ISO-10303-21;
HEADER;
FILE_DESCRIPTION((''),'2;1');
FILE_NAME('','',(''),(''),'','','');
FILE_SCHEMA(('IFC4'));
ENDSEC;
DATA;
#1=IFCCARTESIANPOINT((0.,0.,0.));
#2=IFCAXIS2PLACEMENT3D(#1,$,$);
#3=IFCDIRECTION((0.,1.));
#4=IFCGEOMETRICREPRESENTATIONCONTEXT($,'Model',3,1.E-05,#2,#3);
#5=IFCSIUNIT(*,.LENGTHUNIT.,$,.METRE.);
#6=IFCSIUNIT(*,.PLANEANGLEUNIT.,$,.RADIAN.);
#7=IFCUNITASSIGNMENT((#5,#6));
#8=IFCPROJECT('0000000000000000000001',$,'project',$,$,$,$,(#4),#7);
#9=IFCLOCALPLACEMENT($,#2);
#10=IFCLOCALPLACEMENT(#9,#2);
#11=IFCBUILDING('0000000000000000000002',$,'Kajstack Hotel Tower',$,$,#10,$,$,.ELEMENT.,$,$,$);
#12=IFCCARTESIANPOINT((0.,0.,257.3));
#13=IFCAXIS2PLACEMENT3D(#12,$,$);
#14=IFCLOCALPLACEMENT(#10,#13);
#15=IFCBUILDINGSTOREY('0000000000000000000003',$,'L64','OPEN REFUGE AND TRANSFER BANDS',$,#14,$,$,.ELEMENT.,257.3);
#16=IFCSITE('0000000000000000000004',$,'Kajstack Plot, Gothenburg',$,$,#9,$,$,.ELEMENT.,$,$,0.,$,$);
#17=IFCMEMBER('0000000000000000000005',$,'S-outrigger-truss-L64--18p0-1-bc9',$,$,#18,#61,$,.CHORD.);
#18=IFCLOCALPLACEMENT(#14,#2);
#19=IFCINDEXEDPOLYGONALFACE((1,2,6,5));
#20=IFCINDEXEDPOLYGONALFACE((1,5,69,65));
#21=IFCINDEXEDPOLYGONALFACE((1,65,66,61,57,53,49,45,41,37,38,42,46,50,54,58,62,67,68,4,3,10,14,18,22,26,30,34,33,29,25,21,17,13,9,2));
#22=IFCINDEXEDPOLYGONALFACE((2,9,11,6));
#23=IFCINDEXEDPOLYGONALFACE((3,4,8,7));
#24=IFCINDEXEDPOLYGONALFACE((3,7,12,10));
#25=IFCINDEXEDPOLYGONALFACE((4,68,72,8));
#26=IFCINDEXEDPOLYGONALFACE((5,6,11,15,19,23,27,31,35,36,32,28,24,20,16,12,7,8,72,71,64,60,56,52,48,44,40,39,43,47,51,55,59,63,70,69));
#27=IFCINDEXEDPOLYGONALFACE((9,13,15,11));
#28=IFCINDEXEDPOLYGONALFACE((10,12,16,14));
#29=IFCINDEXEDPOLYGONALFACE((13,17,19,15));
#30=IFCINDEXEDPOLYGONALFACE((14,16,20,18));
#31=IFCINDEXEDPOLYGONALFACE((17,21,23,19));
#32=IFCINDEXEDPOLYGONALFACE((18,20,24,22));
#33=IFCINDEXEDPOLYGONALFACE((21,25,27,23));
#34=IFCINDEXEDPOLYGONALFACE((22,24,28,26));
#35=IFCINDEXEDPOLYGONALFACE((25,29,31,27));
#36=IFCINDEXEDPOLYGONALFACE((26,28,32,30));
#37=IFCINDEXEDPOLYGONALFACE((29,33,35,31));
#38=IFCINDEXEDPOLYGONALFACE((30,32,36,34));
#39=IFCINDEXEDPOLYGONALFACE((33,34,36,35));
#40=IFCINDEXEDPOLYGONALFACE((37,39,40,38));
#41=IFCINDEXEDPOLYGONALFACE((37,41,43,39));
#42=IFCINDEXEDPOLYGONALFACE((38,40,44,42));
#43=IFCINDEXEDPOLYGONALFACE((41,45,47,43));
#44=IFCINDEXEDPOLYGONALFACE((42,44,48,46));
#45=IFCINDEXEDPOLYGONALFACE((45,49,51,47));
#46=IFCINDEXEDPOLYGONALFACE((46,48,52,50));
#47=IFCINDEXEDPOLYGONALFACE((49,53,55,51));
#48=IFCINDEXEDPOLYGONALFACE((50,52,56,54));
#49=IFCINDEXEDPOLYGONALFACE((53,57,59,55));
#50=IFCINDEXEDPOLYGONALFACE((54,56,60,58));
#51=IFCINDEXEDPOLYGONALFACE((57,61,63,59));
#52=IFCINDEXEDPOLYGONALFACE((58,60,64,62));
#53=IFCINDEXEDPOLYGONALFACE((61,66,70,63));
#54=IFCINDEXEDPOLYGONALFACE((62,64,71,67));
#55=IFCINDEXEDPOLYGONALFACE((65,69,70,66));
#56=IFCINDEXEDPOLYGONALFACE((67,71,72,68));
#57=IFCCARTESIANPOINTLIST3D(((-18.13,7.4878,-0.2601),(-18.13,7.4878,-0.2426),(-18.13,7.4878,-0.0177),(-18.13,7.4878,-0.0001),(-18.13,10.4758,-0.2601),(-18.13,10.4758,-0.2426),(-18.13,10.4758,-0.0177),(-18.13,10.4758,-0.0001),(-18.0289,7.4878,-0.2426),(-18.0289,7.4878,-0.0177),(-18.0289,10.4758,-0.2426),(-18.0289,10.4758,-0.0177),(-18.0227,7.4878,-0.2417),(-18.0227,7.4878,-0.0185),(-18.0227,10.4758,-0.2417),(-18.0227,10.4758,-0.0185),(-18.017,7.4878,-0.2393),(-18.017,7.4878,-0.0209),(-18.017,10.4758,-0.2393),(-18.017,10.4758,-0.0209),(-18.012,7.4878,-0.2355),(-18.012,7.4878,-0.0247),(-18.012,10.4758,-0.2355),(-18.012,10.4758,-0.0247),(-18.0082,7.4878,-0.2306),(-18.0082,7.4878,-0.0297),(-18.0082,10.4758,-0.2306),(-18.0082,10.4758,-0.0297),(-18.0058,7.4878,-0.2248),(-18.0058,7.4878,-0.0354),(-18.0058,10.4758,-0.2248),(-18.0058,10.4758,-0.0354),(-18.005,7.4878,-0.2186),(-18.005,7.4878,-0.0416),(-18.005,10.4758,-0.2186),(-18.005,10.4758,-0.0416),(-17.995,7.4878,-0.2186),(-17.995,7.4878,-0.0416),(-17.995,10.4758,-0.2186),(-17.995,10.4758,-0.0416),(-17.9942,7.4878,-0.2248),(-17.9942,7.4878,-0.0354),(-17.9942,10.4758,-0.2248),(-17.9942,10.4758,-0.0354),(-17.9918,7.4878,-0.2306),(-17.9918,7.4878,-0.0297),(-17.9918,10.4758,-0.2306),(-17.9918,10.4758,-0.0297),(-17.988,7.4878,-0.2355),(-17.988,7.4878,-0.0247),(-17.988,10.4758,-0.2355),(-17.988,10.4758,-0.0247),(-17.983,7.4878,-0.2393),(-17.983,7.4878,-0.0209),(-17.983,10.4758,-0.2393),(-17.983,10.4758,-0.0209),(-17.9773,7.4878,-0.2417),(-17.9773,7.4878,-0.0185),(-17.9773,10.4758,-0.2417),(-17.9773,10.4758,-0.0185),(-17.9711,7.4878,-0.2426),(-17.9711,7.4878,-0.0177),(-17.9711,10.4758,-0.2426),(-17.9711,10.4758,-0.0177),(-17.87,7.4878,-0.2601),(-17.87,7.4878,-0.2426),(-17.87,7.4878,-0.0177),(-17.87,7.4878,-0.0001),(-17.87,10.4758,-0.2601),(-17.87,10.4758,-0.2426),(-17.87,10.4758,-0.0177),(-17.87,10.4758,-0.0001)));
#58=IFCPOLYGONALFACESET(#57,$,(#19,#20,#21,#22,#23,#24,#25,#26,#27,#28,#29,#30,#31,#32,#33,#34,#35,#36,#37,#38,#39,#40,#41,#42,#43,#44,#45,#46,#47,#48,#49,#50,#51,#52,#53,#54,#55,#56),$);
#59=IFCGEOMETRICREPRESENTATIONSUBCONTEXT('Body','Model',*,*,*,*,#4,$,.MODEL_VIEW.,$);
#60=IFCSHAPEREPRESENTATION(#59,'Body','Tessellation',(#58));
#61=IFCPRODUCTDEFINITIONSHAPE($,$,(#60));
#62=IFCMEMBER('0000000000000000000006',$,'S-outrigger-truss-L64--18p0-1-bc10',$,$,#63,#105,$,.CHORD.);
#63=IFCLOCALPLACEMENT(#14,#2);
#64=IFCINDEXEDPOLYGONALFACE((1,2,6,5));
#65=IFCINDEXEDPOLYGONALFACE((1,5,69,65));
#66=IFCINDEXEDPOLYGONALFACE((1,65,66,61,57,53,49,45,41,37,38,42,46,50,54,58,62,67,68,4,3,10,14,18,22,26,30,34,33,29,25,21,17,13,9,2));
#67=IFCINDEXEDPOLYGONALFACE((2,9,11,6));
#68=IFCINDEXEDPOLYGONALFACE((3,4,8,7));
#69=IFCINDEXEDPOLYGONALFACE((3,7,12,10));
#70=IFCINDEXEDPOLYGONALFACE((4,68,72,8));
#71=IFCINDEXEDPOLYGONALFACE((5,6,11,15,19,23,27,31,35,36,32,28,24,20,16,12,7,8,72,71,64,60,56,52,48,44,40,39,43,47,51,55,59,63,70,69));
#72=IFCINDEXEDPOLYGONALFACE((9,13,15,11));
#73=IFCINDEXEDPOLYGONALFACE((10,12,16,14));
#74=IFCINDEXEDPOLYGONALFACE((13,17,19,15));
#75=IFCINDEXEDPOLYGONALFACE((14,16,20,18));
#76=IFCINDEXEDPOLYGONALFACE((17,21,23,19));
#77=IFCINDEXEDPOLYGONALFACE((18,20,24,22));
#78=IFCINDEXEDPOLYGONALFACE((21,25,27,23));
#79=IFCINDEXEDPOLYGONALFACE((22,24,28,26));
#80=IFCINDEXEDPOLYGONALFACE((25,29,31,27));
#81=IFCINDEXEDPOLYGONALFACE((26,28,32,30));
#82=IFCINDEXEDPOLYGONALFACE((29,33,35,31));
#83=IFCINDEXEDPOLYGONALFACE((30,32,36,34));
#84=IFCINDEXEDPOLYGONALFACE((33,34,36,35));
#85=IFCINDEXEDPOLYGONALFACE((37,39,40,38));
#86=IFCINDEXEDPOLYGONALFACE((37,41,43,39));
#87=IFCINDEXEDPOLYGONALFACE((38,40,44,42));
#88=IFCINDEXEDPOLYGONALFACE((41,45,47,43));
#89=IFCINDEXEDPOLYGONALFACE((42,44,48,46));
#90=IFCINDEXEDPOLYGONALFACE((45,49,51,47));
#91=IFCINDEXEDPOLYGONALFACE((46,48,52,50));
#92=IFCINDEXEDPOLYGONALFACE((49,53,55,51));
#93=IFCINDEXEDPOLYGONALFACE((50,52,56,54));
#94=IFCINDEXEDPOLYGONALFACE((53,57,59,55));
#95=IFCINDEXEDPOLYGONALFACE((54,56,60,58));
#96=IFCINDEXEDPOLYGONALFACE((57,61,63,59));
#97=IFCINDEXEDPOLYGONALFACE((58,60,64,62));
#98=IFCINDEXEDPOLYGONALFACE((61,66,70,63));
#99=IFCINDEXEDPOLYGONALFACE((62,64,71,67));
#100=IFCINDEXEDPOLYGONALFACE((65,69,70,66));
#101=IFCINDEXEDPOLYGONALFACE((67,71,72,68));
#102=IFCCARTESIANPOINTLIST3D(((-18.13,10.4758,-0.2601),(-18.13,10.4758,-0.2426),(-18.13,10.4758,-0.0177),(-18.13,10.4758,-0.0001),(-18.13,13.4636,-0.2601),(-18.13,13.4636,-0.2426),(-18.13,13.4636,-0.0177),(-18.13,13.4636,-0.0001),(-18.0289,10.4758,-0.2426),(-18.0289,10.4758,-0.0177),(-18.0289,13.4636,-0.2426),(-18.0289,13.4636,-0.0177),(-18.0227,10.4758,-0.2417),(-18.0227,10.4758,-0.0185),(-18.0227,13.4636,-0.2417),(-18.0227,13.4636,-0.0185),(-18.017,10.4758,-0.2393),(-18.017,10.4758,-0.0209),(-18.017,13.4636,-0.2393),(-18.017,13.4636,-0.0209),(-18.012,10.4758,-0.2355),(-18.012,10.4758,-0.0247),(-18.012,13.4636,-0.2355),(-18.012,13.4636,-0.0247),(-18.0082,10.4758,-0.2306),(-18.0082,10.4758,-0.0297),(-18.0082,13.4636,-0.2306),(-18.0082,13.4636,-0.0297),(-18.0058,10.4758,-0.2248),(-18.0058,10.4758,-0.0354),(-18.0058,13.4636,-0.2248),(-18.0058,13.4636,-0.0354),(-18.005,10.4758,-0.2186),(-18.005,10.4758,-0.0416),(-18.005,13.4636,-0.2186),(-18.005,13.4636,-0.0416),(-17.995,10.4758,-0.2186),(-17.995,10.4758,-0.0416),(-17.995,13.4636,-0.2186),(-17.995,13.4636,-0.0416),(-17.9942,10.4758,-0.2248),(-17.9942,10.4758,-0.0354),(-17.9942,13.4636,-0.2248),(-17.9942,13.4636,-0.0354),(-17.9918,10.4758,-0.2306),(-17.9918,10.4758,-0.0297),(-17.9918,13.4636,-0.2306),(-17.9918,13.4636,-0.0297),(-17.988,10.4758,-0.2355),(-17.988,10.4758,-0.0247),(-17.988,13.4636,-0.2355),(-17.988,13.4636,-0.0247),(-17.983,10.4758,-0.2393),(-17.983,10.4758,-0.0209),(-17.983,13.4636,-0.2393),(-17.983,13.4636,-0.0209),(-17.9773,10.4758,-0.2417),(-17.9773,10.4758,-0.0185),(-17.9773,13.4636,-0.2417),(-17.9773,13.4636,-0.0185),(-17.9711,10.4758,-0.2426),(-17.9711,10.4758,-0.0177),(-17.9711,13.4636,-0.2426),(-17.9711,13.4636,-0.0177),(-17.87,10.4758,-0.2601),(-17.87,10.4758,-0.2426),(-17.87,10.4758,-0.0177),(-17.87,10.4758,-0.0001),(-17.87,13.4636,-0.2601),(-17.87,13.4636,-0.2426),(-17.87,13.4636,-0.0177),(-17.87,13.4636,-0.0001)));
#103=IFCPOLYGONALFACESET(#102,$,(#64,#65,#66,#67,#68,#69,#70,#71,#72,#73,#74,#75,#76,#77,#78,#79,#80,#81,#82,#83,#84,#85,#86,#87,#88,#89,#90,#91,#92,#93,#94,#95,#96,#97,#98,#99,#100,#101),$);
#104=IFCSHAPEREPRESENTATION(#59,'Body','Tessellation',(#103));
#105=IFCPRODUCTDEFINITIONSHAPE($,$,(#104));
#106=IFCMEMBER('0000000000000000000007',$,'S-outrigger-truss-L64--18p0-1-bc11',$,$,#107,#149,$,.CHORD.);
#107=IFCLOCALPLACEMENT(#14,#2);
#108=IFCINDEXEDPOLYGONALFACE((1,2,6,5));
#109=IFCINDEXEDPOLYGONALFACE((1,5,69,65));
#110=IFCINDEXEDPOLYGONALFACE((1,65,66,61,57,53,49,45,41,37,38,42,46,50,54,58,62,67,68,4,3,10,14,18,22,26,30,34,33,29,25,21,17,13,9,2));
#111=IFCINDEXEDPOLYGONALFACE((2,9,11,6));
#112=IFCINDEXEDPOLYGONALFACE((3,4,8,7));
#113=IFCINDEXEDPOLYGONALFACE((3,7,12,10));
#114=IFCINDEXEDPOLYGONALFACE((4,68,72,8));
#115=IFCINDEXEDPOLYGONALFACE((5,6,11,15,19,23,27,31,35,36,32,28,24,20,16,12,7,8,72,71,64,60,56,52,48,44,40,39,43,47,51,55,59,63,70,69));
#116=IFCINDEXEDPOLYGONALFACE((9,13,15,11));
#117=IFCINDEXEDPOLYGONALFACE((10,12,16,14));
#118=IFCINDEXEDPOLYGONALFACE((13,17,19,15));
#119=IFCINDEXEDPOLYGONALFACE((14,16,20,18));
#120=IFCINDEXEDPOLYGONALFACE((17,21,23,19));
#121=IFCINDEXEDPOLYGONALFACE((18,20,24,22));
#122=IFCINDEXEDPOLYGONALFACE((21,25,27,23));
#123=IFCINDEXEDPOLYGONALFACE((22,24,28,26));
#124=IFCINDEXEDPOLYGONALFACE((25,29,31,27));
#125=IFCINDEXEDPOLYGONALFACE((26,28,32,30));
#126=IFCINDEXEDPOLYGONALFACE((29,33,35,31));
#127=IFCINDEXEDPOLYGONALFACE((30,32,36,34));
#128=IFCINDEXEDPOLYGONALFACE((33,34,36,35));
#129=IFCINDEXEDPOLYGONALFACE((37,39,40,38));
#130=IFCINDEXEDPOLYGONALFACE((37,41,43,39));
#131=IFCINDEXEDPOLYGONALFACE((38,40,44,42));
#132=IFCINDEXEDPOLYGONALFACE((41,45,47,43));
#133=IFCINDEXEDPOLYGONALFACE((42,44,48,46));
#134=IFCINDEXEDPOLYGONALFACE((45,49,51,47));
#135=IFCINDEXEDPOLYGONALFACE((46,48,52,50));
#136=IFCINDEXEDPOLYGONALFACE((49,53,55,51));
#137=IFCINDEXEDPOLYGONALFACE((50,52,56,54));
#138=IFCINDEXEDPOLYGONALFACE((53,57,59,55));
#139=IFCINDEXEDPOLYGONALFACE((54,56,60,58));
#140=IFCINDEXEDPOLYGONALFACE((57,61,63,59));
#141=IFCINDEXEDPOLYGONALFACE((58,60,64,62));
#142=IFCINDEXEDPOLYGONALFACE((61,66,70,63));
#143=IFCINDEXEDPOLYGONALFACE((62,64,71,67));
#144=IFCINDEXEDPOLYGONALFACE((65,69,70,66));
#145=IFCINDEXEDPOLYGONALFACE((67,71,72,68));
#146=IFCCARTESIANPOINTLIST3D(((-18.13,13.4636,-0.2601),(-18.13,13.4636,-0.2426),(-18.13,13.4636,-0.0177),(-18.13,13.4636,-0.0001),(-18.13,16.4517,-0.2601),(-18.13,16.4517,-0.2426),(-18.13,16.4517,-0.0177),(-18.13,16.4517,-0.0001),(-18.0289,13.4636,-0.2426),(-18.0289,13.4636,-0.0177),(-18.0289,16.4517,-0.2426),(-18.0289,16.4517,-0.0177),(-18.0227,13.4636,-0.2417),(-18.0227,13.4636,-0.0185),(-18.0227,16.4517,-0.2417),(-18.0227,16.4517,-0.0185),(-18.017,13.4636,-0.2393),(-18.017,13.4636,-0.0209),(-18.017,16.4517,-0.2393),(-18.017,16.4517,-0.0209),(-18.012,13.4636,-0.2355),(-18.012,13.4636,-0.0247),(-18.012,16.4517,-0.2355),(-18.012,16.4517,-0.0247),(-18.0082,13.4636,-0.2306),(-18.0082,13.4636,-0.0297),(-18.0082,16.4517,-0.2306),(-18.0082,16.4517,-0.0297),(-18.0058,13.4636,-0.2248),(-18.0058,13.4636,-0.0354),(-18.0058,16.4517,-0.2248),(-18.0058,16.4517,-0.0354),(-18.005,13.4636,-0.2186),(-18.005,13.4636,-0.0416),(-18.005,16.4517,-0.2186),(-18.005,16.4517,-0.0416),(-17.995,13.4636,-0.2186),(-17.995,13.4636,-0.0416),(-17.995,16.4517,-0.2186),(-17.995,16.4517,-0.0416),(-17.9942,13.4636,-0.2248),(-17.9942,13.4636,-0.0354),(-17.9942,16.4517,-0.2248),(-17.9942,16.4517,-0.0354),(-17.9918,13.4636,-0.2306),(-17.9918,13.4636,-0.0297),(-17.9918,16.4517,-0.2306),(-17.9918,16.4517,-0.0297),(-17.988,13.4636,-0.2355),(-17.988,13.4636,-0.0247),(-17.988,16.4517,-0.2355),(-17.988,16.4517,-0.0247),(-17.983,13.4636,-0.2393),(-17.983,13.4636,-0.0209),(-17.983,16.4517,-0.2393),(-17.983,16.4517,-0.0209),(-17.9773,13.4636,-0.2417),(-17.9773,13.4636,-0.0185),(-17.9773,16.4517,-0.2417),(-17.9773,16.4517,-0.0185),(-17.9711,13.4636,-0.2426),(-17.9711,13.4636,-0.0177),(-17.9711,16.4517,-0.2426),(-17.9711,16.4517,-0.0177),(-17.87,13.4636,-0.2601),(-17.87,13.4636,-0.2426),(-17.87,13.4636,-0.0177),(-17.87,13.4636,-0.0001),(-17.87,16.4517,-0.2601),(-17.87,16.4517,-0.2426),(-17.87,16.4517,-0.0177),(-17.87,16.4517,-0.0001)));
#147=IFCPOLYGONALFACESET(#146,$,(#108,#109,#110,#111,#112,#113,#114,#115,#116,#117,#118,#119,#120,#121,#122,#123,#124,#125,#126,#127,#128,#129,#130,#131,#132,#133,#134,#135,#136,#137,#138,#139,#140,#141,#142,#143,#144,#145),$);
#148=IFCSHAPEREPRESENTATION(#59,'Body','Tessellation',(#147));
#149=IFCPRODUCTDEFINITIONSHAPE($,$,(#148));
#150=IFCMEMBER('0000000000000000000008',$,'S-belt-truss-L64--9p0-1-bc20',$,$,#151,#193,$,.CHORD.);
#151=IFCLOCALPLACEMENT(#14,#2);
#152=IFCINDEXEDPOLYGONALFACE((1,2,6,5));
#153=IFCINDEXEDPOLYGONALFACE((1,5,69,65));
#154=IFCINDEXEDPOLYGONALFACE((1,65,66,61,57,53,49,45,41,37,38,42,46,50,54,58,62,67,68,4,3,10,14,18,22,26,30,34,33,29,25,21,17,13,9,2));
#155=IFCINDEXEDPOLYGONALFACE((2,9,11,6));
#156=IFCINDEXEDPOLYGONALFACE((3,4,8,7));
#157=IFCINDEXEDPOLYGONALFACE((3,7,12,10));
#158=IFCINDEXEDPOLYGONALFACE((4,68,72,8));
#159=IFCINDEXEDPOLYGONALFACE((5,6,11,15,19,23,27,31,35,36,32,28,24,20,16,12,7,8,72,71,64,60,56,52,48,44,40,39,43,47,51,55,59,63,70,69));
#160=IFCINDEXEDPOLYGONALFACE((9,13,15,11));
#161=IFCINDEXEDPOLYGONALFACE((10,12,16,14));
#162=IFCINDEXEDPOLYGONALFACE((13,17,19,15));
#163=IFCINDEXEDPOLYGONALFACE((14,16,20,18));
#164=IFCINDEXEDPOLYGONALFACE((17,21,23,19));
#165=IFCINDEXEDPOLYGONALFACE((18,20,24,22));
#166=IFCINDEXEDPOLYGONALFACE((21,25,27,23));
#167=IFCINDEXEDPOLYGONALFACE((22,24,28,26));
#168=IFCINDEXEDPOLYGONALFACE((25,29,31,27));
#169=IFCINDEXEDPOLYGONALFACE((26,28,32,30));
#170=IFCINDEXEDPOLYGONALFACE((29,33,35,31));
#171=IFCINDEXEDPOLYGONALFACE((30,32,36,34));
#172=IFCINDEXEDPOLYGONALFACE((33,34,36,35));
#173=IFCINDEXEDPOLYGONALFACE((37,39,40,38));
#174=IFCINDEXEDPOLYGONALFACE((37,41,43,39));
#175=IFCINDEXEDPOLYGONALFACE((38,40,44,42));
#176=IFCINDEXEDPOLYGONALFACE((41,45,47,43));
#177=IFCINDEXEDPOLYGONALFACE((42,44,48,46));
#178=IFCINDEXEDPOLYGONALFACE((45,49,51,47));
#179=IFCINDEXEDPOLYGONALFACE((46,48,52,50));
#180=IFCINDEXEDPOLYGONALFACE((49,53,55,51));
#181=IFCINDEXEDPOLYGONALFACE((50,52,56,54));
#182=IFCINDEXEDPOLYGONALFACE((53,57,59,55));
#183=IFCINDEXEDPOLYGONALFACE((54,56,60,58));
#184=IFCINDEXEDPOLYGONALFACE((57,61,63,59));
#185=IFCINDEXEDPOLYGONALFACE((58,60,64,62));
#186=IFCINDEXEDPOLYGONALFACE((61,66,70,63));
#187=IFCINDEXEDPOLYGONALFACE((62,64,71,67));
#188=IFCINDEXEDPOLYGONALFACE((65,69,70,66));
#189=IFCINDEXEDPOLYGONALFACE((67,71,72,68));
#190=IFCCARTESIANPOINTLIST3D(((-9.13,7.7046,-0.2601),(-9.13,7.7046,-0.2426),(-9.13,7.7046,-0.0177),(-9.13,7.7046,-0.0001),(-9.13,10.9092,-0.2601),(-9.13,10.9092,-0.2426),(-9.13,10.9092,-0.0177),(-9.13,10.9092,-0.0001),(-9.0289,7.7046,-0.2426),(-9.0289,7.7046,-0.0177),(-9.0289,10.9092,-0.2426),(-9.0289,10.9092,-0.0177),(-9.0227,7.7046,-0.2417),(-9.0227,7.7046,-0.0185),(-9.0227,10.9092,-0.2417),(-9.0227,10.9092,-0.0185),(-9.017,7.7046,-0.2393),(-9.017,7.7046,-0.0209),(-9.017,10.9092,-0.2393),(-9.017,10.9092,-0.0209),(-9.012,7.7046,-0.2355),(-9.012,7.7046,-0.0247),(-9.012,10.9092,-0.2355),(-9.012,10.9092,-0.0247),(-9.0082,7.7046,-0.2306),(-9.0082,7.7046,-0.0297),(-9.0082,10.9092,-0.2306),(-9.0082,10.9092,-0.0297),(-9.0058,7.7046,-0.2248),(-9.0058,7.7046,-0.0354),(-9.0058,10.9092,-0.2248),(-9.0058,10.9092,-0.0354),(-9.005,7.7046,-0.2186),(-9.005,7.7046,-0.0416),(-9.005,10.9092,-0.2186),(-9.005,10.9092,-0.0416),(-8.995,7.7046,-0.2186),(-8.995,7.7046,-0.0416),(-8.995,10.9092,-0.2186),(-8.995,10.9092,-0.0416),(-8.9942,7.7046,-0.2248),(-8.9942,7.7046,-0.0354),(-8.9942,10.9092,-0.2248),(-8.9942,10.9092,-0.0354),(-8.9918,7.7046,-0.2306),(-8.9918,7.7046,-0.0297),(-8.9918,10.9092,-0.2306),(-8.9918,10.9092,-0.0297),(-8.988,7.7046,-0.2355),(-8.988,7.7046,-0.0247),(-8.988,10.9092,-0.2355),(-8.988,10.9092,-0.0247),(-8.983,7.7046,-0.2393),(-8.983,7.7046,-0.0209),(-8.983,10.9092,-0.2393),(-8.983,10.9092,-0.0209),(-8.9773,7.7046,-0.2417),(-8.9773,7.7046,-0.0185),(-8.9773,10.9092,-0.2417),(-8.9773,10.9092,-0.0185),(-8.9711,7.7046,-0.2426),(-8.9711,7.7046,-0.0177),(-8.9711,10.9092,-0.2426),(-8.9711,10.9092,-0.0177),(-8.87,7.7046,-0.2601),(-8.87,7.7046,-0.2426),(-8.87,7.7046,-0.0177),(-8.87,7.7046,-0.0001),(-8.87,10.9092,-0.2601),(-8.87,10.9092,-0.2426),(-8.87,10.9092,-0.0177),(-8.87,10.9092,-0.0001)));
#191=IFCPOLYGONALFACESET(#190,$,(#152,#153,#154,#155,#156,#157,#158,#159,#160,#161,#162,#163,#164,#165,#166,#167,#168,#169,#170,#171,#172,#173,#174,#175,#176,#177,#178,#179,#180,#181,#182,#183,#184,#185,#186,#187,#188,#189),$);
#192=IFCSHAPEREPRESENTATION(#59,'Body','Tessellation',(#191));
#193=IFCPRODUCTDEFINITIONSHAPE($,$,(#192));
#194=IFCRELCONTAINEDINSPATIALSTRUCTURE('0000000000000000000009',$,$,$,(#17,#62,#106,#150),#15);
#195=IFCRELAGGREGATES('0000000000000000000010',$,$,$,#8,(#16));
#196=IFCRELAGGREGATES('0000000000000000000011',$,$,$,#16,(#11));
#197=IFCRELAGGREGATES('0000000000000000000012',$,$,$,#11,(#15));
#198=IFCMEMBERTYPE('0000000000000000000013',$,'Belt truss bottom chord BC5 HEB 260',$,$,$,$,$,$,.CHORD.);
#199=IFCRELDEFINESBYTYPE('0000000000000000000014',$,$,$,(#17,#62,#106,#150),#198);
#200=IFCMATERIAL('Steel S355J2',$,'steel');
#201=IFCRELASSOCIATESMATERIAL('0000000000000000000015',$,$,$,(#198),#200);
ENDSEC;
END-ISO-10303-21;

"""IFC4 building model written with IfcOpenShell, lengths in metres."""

from ifc_helpers import new_model, si_unit, direction, frame, origin, origin_2d, place, context, subcontext, project, spatial, i_section, extrude, material, material_profile, profile_set, type_object, element, save


model = new_model("IFC4")

# Units and contexts
model_context = context("Model", 3, precision=1e-05, world=origin(), true_north=direction((0.0, 1.0)))
body_context = subcontext(model_context, "Body", "Model", "MODEL_VIEW")
ifc_project = project(units=[si_unit("LENGTHUNIT", "METRE"), si_unit("PLANEANGLEUNIT", "RADIAN")], contexts=[model_context])

# Site, building, storey
site_placement = place(None, origin())
site = spatial("IfcSite", under=ifc_project, at=site_placement, Name="Kajstack Plot, Gothenburg", CompositionType="ELEMENT", RefElevation=0.0)
building_placement = place(site_placement, origin())
building = spatial("IfcBuilding", under=site, at=building_placement, Name="Kajstack Hotel Tower", CompositionType="ELEMENT")
storey_placement = place(building_placement, frame((0.0, 0.0, 257.3)))
storey = spatial("IfcBuildingStorey", under=building, at=storey_placement, Name="L64", Description="OPEN REFUGE AND TRANSFER BANDS", CompositionType="ELEMENT", Elevation=257.3)

# Members
ifc_material = material(Name="Steel S355J2", Category="steel")
ifc_material_profile_1 = material_profile(ifc_material, i_section(OverallWidth=0.26, OverallDepth=0.26, WebThickness=0.01, FlangeThickness=0.0176, FilletRadius=0.0239, at=origin_2d()), Name="HEB 260")
ifc_profile_set_1 = profile_set([ifc_material_profile_1], Name="Steel S355J2")
member_type_1 = type_object("IfcMemberType", Name="Belt truss bottom chord BC5 HEB 260", PredefinedType="CHORD", material=ifc_profile_set_1)
member_1_placement = place(storey_placement, frame((-18.0, 7.4878, -0.1301), z_axis=(0.0, 1.0, 0.0), x_axis=(-1.0, 0.0, 0.0)))
element("IfcMember", 1, at=member_1_placement, inside=storey, type_object=member_type_1, Name="S-outrigger-truss-L64--18p0-1-bc9", PredefinedType="CHORD", context=body_context, shape_type="SweptSolid", body=[
    extrude(i_section(OverallWidth=0.26, OverallDepth=0.26, WebThickness=0.01, FlangeThickness=0.0176, FilletRadius=0.0239, at=origin_2d()), origin(), (0.0, 0.0, 1.0), 2.988),
])
member_2_placement = place(storey_placement, frame((-18.0, 10.4758, -0.1301), z_axis=(0.0, 1.0, 0.0), x_axis=(-1.0, 0.0, 0.0)))
element("IfcMember", 2, at=member_2_placement, inside=storey, type_object=member_type_1, Name="S-outrigger-truss-L64--18p0-1-bc10", PredefinedType="CHORD", context=body_context, shape_type="SweptSolid", body=[
    extrude(i_section(OverallWidth=0.26, OverallDepth=0.26, WebThickness=0.01, FlangeThickness=0.0176, FilletRadius=0.0239, at=origin_2d()), origin(), (0.0, 0.0, 1.0), 2.9878),
])
member_3_placement = place(storey_placement, frame((-18.0, 13.4636, -0.1301), z_axis=(0.0, 1.0, 0.0), x_axis=(-1.0, 0.0, 0.0)))
element("IfcMember", 3, at=member_3_placement, inside=storey, type_object=member_type_1, Name="S-outrigger-truss-L64--18p0-1-bc11", PredefinedType="CHORD", context=body_context, shape_type="SweptSolid", body=[
    extrude(i_section(OverallWidth=0.26, OverallDepth=0.26, WebThickness=0.01, FlangeThickness=0.0176, FilletRadius=0.0239, at=origin_2d()), origin(), (0.0, 0.0, 1.0), 2.988),
])
member_4_placement = place(storey_placement, frame((-9.0, 7.7046, -0.1301), z_axis=(0.0, 1.0, 0.0), x_axis=(-1.0, 0.0, 0.0)))
element("IfcMember", 4, at=member_4_placement, inside=storey, type_object=member_type_1, Name="S-belt-truss-L64--9p0-1-bc20", PredefinedType="CHORD", context=body_context, shape_type="SweptSolid", body=[
    extrude(i_section(OverallWidth=0.26, OverallDepth=0.26, WebThickness=0.01, FlangeThickness=0.0176, FilletRadius=0.0239, at=origin_2d()), origin(), (0.0, 0.0, 1.0), 3.2046),
])

save(model, "model.ifc")
